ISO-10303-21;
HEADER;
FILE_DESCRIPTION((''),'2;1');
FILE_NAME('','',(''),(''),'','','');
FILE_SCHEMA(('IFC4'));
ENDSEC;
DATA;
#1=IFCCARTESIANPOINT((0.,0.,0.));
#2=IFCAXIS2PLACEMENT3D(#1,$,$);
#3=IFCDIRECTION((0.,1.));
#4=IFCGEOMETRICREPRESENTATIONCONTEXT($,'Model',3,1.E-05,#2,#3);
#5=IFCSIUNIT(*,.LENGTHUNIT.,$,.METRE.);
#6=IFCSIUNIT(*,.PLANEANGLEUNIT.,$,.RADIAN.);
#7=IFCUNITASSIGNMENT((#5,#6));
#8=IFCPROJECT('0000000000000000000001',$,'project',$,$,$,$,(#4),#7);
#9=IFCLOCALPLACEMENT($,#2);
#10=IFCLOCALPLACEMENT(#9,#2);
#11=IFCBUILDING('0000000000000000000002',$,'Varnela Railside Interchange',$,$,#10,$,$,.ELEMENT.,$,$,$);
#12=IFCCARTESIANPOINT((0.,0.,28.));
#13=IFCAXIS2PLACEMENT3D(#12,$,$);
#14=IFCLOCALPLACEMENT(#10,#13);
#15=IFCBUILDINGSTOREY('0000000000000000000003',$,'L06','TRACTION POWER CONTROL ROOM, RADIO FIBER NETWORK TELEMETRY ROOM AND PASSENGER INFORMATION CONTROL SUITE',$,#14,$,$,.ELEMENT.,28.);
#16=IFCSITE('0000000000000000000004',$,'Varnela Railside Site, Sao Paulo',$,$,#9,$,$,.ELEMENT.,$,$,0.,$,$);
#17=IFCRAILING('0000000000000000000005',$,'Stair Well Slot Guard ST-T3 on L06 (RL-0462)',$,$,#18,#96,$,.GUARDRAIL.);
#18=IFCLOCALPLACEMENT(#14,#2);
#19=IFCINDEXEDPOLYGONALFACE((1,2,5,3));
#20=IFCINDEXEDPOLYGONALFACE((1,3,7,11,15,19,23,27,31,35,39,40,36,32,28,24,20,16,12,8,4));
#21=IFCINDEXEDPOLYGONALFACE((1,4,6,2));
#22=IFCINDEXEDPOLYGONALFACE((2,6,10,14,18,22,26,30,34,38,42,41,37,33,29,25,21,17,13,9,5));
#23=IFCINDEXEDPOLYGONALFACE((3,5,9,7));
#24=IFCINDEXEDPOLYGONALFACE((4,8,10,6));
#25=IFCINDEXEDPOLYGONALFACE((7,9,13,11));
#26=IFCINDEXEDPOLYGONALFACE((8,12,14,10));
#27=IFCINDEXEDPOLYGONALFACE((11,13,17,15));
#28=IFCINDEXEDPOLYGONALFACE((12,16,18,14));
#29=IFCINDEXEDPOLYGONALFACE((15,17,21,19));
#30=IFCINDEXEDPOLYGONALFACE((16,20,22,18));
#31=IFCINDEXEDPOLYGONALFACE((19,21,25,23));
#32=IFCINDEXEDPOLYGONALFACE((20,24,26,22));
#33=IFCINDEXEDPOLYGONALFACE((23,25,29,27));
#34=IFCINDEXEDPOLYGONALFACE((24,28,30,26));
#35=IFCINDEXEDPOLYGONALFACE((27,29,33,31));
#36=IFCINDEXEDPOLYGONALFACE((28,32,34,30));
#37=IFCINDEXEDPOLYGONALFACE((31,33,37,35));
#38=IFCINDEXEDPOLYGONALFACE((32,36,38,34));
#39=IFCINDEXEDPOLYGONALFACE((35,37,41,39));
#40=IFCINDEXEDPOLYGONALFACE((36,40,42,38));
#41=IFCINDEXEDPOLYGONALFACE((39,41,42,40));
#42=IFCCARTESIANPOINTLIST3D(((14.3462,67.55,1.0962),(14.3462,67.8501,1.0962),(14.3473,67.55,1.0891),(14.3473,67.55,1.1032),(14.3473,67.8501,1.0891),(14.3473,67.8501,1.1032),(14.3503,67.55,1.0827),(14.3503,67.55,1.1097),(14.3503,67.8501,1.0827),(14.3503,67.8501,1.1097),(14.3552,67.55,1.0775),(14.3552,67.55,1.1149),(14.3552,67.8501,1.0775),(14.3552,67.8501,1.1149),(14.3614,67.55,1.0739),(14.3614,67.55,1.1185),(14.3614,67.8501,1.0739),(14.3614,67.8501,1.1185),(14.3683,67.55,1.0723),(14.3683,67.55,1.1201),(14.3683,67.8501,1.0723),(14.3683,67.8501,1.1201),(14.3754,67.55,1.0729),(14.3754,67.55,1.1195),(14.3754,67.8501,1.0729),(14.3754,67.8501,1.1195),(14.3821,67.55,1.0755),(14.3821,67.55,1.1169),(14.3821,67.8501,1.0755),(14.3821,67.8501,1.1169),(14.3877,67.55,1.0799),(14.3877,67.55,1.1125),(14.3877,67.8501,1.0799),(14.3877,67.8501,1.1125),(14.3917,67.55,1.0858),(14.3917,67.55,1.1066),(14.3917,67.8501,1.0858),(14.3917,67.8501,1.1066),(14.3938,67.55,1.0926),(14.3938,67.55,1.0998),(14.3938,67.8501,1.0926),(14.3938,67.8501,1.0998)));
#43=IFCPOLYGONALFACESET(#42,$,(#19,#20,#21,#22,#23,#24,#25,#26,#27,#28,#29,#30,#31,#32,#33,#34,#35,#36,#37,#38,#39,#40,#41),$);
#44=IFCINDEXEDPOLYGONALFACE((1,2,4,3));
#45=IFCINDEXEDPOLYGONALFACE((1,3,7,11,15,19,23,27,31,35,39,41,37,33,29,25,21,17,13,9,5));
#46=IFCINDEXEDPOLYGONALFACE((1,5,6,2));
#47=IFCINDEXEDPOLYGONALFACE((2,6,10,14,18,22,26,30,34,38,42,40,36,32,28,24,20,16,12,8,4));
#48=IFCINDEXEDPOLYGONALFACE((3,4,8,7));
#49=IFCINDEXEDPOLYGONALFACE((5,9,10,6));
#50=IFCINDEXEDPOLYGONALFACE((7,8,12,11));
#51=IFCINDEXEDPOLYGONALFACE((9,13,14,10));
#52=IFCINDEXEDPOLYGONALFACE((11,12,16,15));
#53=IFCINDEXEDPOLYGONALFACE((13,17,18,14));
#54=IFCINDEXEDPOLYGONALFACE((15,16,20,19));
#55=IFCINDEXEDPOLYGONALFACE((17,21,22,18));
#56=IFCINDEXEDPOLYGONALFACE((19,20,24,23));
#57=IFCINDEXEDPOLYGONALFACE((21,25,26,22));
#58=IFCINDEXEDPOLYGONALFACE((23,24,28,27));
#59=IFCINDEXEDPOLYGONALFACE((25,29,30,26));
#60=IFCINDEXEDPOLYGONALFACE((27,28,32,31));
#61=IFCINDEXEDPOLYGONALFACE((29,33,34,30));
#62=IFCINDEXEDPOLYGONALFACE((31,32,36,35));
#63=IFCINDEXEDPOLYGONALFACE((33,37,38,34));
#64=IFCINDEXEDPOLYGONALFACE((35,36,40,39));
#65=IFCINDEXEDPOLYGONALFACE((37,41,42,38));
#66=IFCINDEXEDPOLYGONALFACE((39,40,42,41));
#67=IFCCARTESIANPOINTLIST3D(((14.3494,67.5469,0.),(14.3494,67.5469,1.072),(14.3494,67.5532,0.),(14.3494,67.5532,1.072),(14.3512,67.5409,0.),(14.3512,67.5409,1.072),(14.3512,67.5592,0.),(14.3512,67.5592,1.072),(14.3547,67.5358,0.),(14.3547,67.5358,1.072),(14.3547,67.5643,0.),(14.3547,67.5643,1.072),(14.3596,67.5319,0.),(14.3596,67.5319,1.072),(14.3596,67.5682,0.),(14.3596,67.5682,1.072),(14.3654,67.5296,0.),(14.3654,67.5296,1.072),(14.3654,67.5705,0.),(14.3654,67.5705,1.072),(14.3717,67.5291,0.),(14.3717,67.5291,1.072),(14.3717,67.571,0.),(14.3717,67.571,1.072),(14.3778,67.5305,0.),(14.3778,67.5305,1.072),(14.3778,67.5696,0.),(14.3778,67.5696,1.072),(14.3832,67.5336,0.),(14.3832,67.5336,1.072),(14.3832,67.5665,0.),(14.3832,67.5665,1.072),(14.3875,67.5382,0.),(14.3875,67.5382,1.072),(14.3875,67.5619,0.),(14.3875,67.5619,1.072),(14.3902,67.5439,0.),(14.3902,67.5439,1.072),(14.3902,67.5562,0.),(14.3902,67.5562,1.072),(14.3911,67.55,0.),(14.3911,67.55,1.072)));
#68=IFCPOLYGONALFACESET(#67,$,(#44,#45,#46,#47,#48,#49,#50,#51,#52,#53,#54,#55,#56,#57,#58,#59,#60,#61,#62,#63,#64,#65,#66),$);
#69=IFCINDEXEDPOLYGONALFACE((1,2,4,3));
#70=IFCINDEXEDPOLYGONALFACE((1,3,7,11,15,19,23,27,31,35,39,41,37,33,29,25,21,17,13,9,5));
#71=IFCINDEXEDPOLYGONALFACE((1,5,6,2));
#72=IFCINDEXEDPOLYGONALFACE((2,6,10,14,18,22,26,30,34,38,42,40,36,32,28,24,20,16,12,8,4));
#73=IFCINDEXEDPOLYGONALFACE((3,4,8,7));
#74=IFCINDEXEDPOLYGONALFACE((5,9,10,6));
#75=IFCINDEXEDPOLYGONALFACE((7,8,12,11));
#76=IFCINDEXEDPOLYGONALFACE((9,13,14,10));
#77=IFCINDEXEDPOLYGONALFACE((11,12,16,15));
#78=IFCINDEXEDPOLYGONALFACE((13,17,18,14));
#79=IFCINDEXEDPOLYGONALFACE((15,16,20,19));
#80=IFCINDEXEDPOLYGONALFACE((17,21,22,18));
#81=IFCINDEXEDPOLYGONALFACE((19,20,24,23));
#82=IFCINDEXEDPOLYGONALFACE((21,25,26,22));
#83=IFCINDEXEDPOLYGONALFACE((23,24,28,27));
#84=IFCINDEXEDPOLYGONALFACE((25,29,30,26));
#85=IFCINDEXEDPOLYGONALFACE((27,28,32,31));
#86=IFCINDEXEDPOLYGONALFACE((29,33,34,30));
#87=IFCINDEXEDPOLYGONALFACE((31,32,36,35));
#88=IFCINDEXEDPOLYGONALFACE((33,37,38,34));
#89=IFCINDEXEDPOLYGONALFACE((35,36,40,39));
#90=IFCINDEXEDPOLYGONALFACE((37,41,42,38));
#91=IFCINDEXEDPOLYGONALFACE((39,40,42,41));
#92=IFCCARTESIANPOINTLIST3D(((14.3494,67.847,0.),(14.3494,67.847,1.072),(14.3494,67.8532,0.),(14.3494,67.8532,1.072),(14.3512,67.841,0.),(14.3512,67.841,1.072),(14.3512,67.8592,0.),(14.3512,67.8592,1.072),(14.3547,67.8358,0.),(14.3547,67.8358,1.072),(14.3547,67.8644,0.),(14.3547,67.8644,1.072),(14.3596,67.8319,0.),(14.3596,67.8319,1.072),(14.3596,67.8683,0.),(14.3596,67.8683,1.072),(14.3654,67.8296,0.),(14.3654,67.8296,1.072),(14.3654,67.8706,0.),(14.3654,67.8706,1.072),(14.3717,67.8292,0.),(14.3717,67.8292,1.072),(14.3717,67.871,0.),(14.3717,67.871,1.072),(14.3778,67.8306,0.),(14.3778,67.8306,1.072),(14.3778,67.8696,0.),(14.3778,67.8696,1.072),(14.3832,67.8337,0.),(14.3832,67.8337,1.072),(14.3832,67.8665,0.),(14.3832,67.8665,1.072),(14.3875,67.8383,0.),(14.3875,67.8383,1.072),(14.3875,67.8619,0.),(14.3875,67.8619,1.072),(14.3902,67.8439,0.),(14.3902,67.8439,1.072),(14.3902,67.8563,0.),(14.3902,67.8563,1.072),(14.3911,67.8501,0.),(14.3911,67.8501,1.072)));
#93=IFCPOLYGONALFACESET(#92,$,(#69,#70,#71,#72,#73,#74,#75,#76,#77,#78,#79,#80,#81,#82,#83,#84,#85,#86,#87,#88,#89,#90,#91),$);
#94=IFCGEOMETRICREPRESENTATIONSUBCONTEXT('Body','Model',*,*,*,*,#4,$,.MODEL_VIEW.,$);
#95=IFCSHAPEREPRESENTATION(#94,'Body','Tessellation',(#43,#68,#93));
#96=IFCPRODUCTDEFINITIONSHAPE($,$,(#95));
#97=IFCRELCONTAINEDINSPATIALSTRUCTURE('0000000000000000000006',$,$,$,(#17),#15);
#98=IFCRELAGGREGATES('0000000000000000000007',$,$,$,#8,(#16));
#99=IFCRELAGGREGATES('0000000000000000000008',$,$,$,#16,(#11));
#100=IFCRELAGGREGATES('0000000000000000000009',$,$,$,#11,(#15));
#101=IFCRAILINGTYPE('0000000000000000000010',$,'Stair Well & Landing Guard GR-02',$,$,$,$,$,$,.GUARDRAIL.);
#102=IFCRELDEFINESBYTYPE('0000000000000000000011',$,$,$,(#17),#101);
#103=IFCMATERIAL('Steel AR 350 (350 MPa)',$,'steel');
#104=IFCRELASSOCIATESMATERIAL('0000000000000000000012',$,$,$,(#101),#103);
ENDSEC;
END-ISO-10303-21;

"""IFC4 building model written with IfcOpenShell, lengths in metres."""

from ifc_helpers import new_model, si_unit, direction, frame, origin, origin_2d, place, context, subcontext, project, spatial, circle, extrude, material, type_object, element, save


model = new_model("IFC4")

# Units and contexts
model_context = context("Model", 3, precision=1e-05, world=origin(), true_north=direction((0.0, 1.0)))
body_context = subcontext(model_context, "Body", "Model", "MODEL_VIEW")
ifc_project = project(units=[si_unit("LENGTHUNIT", "METRE"), si_unit("PLANEANGLEUNIT", "RADIAN")], contexts=[model_context])

# Site, building, storey
site_placement = place(None, origin())
site = spatial("IfcSite", under=ifc_project, at=site_placement, Name="Varnela Railside Site, Sao Paulo", CompositionType="ELEMENT", RefElevation=0.0)
building_placement = place(site_placement, origin())
building = spatial("IfcBuilding", under=site, at=building_placement, Name="Varnela Railside Interchange", CompositionType="ELEMENT")
storey_placement = place(building_placement, frame((0.0, 0.0, 28.0)))
storey = spatial("IfcBuildingStorey", under=building, at=storey_placement, Name="L06", Description="TRACTION POWER CONTROL ROOM, RADIO FIBER NETWORK TELEMETRY ROOM AND PASSENGER INFORMATION CONTROL SUITE", CompositionType="ELEMENT", Elevation=28.0)

# Shared definitions
ifc_material_1 = material(Name="Steel AR 350 (350 MPa)", Category="steel")

# Railing
railing_type_1 = type_object("IfcRailingType", Name="Stair Well & Landing Guard GR-02", PredefinedType="GUARDRAIL", material=ifc_material_1)
railing_1_placement = place(storey_placement, frame((14.3701, 67.55, 0.0)))
element("IfcRailing", 1, at=railing_1_placement, inside=storey, type_object=railing_type_1, Name="Stair Well Slot Guard ST-T3 on L06 (RL-0462)", PredefinedType="GUARDRAIL", context=body_context, shape_type="SweptSolid", body=[
    extrude(circle(Radius=0.0239, at=origin_2d()), frame((0.0, 0.0, 1.0962), z_axis=(0.0, 1.0, 0.0), x_axis=(-1.0, 0.0, 0.0)), (0.0, 0.0, 1.0), 0.3),
    extrude(circle(Radius=0.021, at=origin_2d()), origin(), (0.0, 0.0, 1.0), 1.072),
    extrude(circle(Radius=0.021, at=origin_2d()), frame((0.0, 0.3, 0.0)), (0.0, 0.0, 1.0), 1.072),
])

save(model, "model.ifc")
